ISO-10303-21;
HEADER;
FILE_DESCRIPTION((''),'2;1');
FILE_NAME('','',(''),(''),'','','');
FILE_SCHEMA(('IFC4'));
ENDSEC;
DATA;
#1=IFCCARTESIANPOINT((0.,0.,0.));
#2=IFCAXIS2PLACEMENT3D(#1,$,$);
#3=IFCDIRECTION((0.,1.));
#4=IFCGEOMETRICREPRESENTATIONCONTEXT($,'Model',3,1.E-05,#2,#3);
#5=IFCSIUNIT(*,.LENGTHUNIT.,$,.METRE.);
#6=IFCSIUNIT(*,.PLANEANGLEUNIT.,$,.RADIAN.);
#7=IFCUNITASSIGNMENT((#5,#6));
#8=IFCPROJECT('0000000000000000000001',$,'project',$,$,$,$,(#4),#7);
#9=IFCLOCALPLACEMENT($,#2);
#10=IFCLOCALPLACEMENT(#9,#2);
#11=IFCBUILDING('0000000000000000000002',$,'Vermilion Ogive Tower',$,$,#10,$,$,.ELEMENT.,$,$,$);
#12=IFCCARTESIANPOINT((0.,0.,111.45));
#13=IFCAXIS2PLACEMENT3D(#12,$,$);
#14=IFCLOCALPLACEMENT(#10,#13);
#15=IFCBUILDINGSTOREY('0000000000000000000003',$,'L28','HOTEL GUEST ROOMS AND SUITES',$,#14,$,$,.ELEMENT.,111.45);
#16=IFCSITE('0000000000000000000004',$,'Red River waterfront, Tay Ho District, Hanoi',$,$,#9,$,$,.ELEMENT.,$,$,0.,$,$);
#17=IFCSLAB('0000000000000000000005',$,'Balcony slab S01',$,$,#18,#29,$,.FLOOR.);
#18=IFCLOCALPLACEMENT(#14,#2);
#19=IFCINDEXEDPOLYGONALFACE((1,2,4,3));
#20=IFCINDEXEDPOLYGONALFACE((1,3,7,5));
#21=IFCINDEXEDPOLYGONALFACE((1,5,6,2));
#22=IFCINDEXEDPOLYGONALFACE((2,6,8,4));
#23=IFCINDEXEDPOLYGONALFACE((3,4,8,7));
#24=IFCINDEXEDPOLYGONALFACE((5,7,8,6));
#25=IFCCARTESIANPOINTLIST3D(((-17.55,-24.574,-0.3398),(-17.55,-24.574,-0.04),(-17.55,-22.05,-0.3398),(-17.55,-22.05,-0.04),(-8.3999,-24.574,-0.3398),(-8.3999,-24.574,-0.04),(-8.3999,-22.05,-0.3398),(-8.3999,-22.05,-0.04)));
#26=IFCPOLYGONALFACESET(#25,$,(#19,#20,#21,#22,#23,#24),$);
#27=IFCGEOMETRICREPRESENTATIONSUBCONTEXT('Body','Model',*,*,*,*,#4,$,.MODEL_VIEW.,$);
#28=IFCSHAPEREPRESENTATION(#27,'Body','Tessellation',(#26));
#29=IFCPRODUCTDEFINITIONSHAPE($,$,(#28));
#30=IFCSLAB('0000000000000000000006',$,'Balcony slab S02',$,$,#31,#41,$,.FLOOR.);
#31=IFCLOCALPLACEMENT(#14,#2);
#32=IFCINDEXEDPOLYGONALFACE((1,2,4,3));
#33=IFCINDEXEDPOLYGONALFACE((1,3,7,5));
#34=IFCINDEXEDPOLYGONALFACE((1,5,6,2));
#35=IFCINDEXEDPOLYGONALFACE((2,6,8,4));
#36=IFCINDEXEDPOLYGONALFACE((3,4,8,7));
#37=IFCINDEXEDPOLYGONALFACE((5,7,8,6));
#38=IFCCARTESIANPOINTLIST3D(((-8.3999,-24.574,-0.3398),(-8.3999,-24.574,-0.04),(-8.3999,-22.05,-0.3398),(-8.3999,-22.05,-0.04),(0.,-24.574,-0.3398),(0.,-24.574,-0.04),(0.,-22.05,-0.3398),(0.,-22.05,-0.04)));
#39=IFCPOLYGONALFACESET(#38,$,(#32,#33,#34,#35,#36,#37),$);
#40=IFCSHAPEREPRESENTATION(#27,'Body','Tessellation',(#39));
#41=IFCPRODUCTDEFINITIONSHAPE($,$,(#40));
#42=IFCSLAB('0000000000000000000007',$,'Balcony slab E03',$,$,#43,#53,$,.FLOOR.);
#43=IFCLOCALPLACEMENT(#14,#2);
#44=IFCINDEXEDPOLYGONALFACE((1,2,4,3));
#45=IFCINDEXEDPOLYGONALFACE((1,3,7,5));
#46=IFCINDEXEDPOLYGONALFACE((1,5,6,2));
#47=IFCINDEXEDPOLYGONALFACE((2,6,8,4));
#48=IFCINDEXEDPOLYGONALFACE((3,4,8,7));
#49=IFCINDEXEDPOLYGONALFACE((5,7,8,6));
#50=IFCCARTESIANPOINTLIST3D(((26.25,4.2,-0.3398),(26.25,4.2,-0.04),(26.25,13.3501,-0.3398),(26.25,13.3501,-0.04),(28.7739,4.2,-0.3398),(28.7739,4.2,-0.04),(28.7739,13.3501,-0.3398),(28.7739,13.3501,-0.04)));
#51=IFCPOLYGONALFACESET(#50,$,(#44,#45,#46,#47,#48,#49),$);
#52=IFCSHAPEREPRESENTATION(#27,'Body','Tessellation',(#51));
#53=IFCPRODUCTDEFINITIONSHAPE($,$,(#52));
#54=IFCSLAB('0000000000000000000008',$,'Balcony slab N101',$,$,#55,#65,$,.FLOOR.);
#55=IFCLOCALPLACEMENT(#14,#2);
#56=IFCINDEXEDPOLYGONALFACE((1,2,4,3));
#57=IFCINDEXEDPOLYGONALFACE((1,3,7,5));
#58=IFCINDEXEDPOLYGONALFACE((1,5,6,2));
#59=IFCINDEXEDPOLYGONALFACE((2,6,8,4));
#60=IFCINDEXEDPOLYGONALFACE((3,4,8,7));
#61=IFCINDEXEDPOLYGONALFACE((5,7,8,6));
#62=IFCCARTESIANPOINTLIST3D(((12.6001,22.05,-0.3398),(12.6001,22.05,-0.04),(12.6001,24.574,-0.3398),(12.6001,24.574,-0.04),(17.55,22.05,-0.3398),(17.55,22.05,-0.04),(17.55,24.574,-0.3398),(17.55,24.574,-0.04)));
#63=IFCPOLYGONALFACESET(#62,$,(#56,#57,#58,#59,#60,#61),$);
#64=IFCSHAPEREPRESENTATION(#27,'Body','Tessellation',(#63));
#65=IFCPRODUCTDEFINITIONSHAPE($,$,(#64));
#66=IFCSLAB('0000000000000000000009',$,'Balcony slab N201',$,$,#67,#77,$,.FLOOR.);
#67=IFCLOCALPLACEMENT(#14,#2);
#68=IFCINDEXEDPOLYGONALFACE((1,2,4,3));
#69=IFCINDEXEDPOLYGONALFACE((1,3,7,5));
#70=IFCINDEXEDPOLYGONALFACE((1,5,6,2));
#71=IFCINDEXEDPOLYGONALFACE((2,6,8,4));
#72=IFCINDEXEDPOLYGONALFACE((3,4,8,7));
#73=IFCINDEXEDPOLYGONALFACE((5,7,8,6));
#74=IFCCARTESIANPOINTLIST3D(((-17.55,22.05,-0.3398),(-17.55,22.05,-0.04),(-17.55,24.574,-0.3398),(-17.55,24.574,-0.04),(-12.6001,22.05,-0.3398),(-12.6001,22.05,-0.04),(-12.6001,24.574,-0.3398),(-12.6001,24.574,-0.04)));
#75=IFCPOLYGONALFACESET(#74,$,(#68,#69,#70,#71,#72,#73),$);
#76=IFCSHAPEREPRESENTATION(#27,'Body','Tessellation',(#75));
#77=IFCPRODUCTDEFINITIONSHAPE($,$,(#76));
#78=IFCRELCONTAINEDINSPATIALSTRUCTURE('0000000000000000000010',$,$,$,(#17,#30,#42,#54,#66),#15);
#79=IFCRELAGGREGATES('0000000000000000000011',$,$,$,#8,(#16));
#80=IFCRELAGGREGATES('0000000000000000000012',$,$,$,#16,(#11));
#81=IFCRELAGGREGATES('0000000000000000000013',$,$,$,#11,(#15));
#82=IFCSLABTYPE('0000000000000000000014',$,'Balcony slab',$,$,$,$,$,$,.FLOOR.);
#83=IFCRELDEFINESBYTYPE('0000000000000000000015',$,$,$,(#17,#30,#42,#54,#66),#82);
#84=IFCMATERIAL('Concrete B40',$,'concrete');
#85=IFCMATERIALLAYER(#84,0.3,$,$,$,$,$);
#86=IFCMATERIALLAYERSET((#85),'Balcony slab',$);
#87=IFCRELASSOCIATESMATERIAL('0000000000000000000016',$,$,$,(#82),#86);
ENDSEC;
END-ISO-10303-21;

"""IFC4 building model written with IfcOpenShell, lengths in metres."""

from ifc_helpers import new_model, si_unit, direction, frame, origin, place, context, subcontext, project, spatial, polyline, outline, extrude, material, layer, layer_set, type_object, element, save


model = new_model("IFC4")

# Units and contexts
model_context = context("Model", 3, precision=1e-05, world=origin(), true_north=direction((0.0, 1.0)))
body_context = subcontext(model_context, "Body", "Model", "MODEL_VIEW")
ifc_project = project(units=[si_unit("LENGTHUNIT", "METRE"), si_unit("PLANEANGLEUNIT", "RADIAN")], contexts=[model_context])

# Site, building, storey
site_placement = place(None, origin())
site = spatial("IfcSite", under=ifc_project, at=site_placement, Name="Red River waterfront, Tay Ho District, Hanoi", CompositionType="ELEMENT", RefElevation=0.0)
building_placement = place(site_placement, origin())
building = spatial("IfcBuilding", under=site, at=building_placement, Name="Vermilion Ogive Tower", CompositionType="ELEMENT")
storey_placement = place(building_placement, frame((0.0, 0.0, 111.45)))
storey = spatial("IfcBuildingStorey", under=building, at=storey_placement, Name="L28", Description="HOTEL GUEST ROOMS AND SUITES", CompositionType="ELEMENT", Elevation=111.45)

# Slabs
ifc_material_1 = material(Name="Concrete B40", Category="concrete")
ifc_layer_1 = layer(ifc_material_1, 0.3)
ifc_layer_set_1 = layer_set([ifc_layer_1], Name="Balcony slab")
slab_type_1 = type_object("IfcSlabType", Name="Balcony slab", PredefinedType="FLOOR", material=ifc_layer_set_1)
slab_1_placement = place(storey_placement, frame((0.0, 0.0, -0.3398)))
element("IfcSlab", 1, at=slab_1_placement, inside=storey, type_object=slab_type_1, Name="Balcony slab S01", PredefinedType="FLOOR", context=body_context, shape_type="SweptSolid", body=[
    extrude(outline(polyline([(-17.55, -24.574), (-8.3999, -24.574), (-8.3999, -22.05), (-17.55, -22.05), (-17.55, -24.574)])), origin(), (0.0, 0.0, 1.0), 0.2998),
])
slab_2_placement = place(storey_placement, frame((0.0, 0.0, -0.3398)))
element("IfcSlab", 2, at=slab_2_placement, inside=storey, type_object=slab_type_1, Name="Balcony slab S02", PredefinedType="FLOOR", context=body_context, shape_type="SweptSolid", body=[
    extrude(outline(polyline([(-8.3999, -24.574), (0.0, -24.574), (0.0, -22.05), (-8.3999, -22.05), (-8.3999, -24.574)])), origin(), (0.0, 0.0, 1.0), 0.2998),
])
slab_3_placement = place(storey_placement, frame((0.0, 0.0, -0.3398)))
element("IfcSlab", 3, at=slab_3_placement, inside=storey, type_object=slab_type_1, Name="Balcony slab E03", PredefinedType="FLOOR", context=body_context, shape_type="SweptSolid", body=[
    extrude(outline(polyline([(28.7739, 4.2), (28.7739, 13.3501), (26.25, 13.3501), (26.25, 4.2), (28.7739, 4.2)])), origin(), (0.0, 0.0, 1.0), 0.2998),
])
slab_4_placement = place(storey_placement, frame((0.0, 0.0, -0.3398)))
element("IfcSlab", 4, at=slab_4_placement, inside=storey, type_object=slab_type_1, Name="Balcony slab N101", PredefinedType="FLOOR", context=body_context, shape_type="SweptSolid", body=[
    extrude(outline(polyline([(17.55, 24.574), (12.6001, 24.574), (12.6001, 22.05), (17.55, 22.05), (17.55, 24.574)])), origin(), (0.0, 0.0, 1.0), 0.2998),
])
slab_5_placement = place(storey_placement, frame((0.0, 0.0, -0.3398)))
element("IfcSlab", 5, at=slab_5_placement, inside=storey, type_object=slab_type_1, Name="Balcony slab N201", PredefinedType="FLOOR", context=body_context, shape_type="SweptSolid", body=[
    extrude(outline(polyline([(-12.6001, 24.574), (-17.55, 24.574), (-17.55, 22.05), (-12.6001, 22.05), (-12.6001, 24.574)])), origin(), (0.0, 0.0, 1.0), 0.2998),
])

save(model, "model.ifc")
